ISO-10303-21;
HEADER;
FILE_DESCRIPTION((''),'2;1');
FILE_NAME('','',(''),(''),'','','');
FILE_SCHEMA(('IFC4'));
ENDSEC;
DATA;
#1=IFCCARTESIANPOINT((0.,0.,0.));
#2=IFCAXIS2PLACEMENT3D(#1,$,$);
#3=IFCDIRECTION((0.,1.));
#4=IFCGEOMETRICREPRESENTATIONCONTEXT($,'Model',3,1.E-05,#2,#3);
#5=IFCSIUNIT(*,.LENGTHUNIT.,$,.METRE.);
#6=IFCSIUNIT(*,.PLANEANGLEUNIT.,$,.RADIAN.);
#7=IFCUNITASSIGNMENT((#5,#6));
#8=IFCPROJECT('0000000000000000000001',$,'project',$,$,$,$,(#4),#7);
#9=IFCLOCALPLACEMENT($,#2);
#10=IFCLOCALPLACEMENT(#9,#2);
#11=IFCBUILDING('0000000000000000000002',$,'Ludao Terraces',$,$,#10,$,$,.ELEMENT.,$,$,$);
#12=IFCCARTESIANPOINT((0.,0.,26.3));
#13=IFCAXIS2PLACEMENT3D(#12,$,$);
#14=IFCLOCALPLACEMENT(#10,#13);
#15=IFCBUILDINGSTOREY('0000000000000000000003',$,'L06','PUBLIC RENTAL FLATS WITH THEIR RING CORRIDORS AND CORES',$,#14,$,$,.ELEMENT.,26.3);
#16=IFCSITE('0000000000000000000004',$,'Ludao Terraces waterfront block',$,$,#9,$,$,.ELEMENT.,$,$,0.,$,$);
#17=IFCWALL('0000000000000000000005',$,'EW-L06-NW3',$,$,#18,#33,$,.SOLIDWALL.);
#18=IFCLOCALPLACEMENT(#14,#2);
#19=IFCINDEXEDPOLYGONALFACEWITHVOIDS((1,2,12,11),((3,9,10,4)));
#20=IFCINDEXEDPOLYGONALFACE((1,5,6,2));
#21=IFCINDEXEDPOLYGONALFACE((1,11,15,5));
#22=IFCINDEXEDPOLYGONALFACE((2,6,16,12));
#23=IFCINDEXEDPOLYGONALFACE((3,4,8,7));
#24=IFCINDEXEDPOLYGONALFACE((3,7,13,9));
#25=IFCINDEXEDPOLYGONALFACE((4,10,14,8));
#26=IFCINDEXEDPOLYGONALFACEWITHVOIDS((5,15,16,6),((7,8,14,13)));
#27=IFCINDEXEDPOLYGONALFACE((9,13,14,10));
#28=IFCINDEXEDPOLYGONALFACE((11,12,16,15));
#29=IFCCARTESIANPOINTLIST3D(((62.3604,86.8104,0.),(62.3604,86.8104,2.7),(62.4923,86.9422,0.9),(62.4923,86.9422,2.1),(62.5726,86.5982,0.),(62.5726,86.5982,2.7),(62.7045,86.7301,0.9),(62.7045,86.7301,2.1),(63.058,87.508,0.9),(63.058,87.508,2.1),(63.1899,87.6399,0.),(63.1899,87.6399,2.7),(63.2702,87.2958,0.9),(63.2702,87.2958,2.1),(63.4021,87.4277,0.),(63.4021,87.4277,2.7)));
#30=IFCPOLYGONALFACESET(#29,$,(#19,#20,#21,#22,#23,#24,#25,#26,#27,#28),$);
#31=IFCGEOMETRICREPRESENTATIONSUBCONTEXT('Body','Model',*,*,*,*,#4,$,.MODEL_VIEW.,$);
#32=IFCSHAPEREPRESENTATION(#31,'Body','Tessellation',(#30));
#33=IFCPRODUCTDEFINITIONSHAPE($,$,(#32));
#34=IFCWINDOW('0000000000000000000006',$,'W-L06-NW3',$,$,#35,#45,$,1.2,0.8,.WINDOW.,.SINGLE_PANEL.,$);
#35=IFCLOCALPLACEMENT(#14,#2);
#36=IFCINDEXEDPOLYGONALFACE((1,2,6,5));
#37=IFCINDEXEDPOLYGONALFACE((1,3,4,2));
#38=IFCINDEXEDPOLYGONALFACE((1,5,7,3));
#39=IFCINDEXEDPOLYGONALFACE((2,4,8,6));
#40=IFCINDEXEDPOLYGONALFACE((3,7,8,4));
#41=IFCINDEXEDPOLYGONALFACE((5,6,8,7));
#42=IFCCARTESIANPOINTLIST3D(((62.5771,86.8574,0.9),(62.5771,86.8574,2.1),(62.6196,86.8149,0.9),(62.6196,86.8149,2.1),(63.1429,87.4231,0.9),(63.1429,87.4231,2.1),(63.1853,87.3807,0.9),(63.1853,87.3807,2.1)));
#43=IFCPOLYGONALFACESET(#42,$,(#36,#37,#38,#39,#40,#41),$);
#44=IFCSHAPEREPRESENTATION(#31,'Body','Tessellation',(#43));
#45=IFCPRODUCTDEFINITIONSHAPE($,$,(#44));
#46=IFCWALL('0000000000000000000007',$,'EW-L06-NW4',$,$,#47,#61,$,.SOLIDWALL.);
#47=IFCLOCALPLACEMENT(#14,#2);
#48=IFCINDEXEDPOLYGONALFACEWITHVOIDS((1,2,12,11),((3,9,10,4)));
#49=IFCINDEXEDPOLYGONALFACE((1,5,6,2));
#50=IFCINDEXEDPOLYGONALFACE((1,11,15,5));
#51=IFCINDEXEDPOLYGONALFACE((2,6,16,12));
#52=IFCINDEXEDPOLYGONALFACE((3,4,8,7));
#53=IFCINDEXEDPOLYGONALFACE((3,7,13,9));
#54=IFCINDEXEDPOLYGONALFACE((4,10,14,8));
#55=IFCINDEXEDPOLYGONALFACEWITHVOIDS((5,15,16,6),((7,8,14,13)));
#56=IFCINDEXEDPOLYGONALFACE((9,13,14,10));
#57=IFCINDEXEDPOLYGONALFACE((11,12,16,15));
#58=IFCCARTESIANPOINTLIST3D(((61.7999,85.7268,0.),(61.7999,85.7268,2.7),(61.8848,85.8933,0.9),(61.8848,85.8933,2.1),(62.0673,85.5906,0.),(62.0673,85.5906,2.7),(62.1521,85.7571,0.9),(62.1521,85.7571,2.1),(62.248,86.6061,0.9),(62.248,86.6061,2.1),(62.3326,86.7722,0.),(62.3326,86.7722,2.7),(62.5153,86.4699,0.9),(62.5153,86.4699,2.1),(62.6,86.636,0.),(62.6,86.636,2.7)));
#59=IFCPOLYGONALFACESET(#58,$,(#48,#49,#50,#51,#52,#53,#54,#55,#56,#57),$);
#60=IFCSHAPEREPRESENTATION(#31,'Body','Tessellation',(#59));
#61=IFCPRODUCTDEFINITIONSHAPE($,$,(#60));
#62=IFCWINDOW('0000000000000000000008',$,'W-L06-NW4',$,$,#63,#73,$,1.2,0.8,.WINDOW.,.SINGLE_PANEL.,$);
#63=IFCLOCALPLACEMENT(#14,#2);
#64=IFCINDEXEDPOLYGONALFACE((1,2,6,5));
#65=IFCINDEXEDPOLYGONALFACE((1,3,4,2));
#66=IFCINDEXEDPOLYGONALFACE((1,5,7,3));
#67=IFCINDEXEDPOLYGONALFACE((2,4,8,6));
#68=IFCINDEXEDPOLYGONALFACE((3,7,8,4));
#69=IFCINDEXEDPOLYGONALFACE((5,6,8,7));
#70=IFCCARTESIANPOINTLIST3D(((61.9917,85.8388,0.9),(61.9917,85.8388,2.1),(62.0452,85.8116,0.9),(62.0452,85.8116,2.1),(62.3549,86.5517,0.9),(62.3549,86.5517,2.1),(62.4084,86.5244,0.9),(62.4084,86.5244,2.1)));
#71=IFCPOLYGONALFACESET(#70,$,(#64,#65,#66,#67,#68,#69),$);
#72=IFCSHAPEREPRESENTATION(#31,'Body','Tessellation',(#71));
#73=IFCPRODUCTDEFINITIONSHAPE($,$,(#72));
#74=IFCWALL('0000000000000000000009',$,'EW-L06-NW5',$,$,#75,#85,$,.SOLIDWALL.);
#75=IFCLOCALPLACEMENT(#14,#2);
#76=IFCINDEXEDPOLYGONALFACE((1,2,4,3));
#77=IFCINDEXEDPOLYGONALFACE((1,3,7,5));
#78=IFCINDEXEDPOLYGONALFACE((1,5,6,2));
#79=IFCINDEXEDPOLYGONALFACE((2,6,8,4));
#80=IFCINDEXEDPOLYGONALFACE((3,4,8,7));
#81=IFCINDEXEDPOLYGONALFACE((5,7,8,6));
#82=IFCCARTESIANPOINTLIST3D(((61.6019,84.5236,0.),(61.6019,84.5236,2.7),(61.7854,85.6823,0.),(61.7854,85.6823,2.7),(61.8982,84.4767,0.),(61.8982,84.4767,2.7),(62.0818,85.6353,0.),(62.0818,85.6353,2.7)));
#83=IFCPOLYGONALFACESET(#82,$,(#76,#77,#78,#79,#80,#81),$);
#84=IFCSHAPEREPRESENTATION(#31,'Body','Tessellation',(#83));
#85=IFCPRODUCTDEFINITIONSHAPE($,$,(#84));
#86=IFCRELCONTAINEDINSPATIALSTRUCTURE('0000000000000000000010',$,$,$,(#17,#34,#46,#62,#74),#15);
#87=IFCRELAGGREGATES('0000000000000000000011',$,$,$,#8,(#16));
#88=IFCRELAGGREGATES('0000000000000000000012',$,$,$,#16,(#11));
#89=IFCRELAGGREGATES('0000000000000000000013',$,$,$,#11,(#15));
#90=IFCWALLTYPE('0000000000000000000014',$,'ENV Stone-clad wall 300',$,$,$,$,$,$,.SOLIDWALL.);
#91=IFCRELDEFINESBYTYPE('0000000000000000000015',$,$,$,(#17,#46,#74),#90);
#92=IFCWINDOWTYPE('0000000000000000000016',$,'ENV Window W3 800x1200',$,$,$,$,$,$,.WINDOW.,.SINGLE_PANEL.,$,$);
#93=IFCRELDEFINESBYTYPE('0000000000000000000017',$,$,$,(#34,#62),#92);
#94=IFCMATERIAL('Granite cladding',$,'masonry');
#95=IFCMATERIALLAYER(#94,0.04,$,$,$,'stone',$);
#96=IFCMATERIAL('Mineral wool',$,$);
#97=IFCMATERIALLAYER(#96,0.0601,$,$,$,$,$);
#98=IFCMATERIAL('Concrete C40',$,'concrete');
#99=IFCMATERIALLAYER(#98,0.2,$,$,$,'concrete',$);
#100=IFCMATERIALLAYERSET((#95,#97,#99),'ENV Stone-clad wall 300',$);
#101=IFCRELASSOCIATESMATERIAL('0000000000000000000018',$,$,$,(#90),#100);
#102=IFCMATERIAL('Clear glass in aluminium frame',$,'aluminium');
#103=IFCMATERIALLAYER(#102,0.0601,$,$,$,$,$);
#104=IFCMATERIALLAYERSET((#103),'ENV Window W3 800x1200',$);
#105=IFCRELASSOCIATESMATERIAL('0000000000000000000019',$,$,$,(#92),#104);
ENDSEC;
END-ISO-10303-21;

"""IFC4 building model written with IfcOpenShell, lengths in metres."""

from ifc_helpers import new_model, si_unit, direction, frame, frame_2d, origin, place, context, subcontext, project, spatial, rectangle, extrude, material, layer, layer_set, type_object, element, fill, save


model = new_model("IFC4")

# Units and contexts
model_context = context("Model", 3, precision=1e-05, world=origin(), true_north=direction((0.0, 1.0)))
body_context = subcontext(model_context, "Body", "Model", "MODEL_VIEW")
ifc_project = project(units=[si_unit("LENGTHUNIT", "METRE"), si_unit("PLANEANGLEUNIT", "RADIAN")], contexts=[model_context])

# Site, building, storey
site_placement = place(None, origin())
site = spatial("IfcSite", under=ifc_project, at=site_placement, Name="Ludao Terraces waterfront block", CompositionType="ELEMENT", RefElevation=0.0)
building_placement = place(site_placement, origin())
building = spatial("IfcBuilding", under=site, at=building_placement, Name="Ludao Terraces", CompositionType="ELEMENT")
storey_placement = place(building_placement, frame((0.0, 0.0, 26.3)))
storey = spatial("IfcBuildingStorey", under=building, at=storey_placement, Name="L06", Description="PUBLIC RENTAL FLATS WITH THEIR RING CORRIDORS AND CORES", CompositionType="ELEMENT", Elevation=26.3)

# Shared definitions
ifc_material_1 = material(Name="Concrete C40", Category="concrete")

# Shared definitions
ifc_material_2 = material(Name="Granite cladding", Category="masonry")
ifc_layer_1 = layer(ifc_material_2, 0.04, Category="stone")
ifc_material_3 = material(Name="Mineral wool")
ifc_layer_2 = layer(ifc_material_3, 0.0601)
ifc_layer_3 = layer(ifc_material_1, 0.2, Category="concrete")
ifc_layer_set_1 = layer_set([ifc_layer_1, ifc_layer_2, ifc_layer_3], Name="ENV Stone-clad wall 300")
wall_type_1 = type_object("IfcWallType", Name="ENV Stone-clad wall 300", PredefinedType="SOLIDWALL", material=ifc_layer_set_1)
ifc_material_4 = material(Name="Clear glass in aluminium frame", Category="aluminium")

# Walls, openings, windows
ifc_layer_4 = layer(ifc_material_4, 0.0601)
ifc_layer_set_2 = layer_set([ifc_layer_4], Name="ENV Window W3 800x1200")
window_type_1 = type_object("IfcWindowType", Name="ENV Window W3 800x1200", PartitioningType="SINGLE_PANEL", PredefinedType="WINDOW", material=ifc_layer_set_2)
wall_1_placement = place(storey_placement, frame((63.2959, 87.5337, 0.0), z_axis=(0.0, 0.0, 1.0), x_axis=(-0.707107, -0.707107, 0.0)))
wall_1 = element("IfcWall", 1, at=wall_1_placement, inside=storey, type_object=wall_type_1, Name="EW-L06-NW3", PredefinedType="SOLIDWALL", context=body_context, shape_type="SweptSolid", body=[
    extrude(rectangle(XDim=1.1731, YDim=0.3, at=frame_2d((0.5864, 0.0))), origin(), (0.0, 0.0, 1.0), 2.7),
])
opening_1_placement = place(wall_1_placement, frame((0.1865, 0.0, 0.8999)))
opening_1 = element("IfcOpeningElement", 2, at=opening_1_placement, cuts=wall_1, PredefinedType="OPENING", context=body_context, shape_type="SweptSolid", body=[
    extrude(rectangle(XDim=0.8, YDim=1.2, at=frame_2d((0.3999, 0.6001))), frame((0.0, 0.1602, 0.0), z_axis=(0.0, -1.0, 0.0), x_axis=(1.0, 0.0, 0.0)), (0.0, 0.0, 1.0), 0.3201),
])
window_1_placement = place(opening_1_placement, origin())
window_1 = element("IfcWindow", 3, at=window_1_placement, inside=storey, type_object=window_type_1, Name="W-L06-NW3", OverallHeight=1.2, OverallWidth=0.8, PartitioningType="SINGLE_PANEL", PredefinedType="WINDOW", context=body_context, shape_type="SweptSolid", body=[
    extrude(rectangle(XDim=0.8, YDim=1.2, at=frame_2d((0.3999, 0.6001))), frame((0.0, 0.03, 0.0), z_axis=(0.0, -1.0, 0.0), x_axis=(1.0, 0.0, 0.0)), (0.0, 0.0, 1.0), 0.0601),
])
fill(opening_1, window_1)
wall_2_placement = place(storey_placement, frame((62.4663, 86.7041, 0.0), z_axis=(0.0, 0.0, 1.0), x_axis=(-0.454026, -0.890989, 0.0)))
wall_2 = element("IfcWall", 4, at=wall_2_placement, inside=storey, type_object=wall_type_1, Name="EW-L06-NW4", PredefinedType="SOLIDWALL", context=body_context, shape_type="SweptSolid", body=[
    extrude(rectangle(XDim=1.1733, YDim=0.3, at=frame_2d((0.5867, 0.0))), origin(), (0.0, 0.0, 1.0), 2.7),
])
opening_2_placement = place(wall_2_placement, frame((0.1865, 0.0, 0.8999)))
opening_2 = element("IfcOpeningElement", 5, at=opening_2_placement, cuts=wall_2, PredefinedType="OPENING", context=body_context, shape_type="SweptSolid", body=[
    extrude(rectangle(XDim=0.8, YDim=1.2, at=frame_2d((0.3999, 0.6001))), frame((0.0, 0.1602, 0.0), z_axis=(0.0, -1.0, 0.0), x_axis=(1.0, 0.0, 0.0)), (0.0, 0.0, 1.0), 0.3201),
])
window_2_placement = place(opening_2_placement, origin())
window_2 = element("IfcWindow", 6, at=window_2_placement, inside=storey, type_object=window_type_1, Name="W-L06-NW4", OverallHeight=1.2, OverallWidth=0.8, PartitioningType="SINGLE_PANEL", PredefinedType="WINDOW", context=body_context, shape_type="SweptSolid", body=[
    extrude(rectangle(XDim=0.8, YDim=1.2, at=frame_2d((0.3999, 0.6001))), frame((0.0, 0.03, 0.0), z_axis=(0.0, -1.0, 0.0), x_axis=(1.0, 0.0, 0.0)), (0.0, 0.0, 1.0), 0.0601),
])
fill(opening_2, window_2)

# Wall
wall_3_placement = place(storey_placement, frame((61.9336, 85.6587, 0.0), z_axis=(0.0, 0.0, 1.0), x_axis=(-0.156497, -0.987678, 0.0)))
element("IfcWall", 7, at=wall_3_placement, inside=storey, type_object=wall_type_1, Name="EW-L06-NW5", PredefinedType="SOLIDWALL", context=body_context, shape_type="SweptSolid", body=[
    extrude(rectangle(XDim=1.1731, YDim=0.3, at=frame_2d((0.5864, 0.0))), origin(), (0.0, 0.0, 1.0), 2.7),
])

save(model, "model.ifc")
